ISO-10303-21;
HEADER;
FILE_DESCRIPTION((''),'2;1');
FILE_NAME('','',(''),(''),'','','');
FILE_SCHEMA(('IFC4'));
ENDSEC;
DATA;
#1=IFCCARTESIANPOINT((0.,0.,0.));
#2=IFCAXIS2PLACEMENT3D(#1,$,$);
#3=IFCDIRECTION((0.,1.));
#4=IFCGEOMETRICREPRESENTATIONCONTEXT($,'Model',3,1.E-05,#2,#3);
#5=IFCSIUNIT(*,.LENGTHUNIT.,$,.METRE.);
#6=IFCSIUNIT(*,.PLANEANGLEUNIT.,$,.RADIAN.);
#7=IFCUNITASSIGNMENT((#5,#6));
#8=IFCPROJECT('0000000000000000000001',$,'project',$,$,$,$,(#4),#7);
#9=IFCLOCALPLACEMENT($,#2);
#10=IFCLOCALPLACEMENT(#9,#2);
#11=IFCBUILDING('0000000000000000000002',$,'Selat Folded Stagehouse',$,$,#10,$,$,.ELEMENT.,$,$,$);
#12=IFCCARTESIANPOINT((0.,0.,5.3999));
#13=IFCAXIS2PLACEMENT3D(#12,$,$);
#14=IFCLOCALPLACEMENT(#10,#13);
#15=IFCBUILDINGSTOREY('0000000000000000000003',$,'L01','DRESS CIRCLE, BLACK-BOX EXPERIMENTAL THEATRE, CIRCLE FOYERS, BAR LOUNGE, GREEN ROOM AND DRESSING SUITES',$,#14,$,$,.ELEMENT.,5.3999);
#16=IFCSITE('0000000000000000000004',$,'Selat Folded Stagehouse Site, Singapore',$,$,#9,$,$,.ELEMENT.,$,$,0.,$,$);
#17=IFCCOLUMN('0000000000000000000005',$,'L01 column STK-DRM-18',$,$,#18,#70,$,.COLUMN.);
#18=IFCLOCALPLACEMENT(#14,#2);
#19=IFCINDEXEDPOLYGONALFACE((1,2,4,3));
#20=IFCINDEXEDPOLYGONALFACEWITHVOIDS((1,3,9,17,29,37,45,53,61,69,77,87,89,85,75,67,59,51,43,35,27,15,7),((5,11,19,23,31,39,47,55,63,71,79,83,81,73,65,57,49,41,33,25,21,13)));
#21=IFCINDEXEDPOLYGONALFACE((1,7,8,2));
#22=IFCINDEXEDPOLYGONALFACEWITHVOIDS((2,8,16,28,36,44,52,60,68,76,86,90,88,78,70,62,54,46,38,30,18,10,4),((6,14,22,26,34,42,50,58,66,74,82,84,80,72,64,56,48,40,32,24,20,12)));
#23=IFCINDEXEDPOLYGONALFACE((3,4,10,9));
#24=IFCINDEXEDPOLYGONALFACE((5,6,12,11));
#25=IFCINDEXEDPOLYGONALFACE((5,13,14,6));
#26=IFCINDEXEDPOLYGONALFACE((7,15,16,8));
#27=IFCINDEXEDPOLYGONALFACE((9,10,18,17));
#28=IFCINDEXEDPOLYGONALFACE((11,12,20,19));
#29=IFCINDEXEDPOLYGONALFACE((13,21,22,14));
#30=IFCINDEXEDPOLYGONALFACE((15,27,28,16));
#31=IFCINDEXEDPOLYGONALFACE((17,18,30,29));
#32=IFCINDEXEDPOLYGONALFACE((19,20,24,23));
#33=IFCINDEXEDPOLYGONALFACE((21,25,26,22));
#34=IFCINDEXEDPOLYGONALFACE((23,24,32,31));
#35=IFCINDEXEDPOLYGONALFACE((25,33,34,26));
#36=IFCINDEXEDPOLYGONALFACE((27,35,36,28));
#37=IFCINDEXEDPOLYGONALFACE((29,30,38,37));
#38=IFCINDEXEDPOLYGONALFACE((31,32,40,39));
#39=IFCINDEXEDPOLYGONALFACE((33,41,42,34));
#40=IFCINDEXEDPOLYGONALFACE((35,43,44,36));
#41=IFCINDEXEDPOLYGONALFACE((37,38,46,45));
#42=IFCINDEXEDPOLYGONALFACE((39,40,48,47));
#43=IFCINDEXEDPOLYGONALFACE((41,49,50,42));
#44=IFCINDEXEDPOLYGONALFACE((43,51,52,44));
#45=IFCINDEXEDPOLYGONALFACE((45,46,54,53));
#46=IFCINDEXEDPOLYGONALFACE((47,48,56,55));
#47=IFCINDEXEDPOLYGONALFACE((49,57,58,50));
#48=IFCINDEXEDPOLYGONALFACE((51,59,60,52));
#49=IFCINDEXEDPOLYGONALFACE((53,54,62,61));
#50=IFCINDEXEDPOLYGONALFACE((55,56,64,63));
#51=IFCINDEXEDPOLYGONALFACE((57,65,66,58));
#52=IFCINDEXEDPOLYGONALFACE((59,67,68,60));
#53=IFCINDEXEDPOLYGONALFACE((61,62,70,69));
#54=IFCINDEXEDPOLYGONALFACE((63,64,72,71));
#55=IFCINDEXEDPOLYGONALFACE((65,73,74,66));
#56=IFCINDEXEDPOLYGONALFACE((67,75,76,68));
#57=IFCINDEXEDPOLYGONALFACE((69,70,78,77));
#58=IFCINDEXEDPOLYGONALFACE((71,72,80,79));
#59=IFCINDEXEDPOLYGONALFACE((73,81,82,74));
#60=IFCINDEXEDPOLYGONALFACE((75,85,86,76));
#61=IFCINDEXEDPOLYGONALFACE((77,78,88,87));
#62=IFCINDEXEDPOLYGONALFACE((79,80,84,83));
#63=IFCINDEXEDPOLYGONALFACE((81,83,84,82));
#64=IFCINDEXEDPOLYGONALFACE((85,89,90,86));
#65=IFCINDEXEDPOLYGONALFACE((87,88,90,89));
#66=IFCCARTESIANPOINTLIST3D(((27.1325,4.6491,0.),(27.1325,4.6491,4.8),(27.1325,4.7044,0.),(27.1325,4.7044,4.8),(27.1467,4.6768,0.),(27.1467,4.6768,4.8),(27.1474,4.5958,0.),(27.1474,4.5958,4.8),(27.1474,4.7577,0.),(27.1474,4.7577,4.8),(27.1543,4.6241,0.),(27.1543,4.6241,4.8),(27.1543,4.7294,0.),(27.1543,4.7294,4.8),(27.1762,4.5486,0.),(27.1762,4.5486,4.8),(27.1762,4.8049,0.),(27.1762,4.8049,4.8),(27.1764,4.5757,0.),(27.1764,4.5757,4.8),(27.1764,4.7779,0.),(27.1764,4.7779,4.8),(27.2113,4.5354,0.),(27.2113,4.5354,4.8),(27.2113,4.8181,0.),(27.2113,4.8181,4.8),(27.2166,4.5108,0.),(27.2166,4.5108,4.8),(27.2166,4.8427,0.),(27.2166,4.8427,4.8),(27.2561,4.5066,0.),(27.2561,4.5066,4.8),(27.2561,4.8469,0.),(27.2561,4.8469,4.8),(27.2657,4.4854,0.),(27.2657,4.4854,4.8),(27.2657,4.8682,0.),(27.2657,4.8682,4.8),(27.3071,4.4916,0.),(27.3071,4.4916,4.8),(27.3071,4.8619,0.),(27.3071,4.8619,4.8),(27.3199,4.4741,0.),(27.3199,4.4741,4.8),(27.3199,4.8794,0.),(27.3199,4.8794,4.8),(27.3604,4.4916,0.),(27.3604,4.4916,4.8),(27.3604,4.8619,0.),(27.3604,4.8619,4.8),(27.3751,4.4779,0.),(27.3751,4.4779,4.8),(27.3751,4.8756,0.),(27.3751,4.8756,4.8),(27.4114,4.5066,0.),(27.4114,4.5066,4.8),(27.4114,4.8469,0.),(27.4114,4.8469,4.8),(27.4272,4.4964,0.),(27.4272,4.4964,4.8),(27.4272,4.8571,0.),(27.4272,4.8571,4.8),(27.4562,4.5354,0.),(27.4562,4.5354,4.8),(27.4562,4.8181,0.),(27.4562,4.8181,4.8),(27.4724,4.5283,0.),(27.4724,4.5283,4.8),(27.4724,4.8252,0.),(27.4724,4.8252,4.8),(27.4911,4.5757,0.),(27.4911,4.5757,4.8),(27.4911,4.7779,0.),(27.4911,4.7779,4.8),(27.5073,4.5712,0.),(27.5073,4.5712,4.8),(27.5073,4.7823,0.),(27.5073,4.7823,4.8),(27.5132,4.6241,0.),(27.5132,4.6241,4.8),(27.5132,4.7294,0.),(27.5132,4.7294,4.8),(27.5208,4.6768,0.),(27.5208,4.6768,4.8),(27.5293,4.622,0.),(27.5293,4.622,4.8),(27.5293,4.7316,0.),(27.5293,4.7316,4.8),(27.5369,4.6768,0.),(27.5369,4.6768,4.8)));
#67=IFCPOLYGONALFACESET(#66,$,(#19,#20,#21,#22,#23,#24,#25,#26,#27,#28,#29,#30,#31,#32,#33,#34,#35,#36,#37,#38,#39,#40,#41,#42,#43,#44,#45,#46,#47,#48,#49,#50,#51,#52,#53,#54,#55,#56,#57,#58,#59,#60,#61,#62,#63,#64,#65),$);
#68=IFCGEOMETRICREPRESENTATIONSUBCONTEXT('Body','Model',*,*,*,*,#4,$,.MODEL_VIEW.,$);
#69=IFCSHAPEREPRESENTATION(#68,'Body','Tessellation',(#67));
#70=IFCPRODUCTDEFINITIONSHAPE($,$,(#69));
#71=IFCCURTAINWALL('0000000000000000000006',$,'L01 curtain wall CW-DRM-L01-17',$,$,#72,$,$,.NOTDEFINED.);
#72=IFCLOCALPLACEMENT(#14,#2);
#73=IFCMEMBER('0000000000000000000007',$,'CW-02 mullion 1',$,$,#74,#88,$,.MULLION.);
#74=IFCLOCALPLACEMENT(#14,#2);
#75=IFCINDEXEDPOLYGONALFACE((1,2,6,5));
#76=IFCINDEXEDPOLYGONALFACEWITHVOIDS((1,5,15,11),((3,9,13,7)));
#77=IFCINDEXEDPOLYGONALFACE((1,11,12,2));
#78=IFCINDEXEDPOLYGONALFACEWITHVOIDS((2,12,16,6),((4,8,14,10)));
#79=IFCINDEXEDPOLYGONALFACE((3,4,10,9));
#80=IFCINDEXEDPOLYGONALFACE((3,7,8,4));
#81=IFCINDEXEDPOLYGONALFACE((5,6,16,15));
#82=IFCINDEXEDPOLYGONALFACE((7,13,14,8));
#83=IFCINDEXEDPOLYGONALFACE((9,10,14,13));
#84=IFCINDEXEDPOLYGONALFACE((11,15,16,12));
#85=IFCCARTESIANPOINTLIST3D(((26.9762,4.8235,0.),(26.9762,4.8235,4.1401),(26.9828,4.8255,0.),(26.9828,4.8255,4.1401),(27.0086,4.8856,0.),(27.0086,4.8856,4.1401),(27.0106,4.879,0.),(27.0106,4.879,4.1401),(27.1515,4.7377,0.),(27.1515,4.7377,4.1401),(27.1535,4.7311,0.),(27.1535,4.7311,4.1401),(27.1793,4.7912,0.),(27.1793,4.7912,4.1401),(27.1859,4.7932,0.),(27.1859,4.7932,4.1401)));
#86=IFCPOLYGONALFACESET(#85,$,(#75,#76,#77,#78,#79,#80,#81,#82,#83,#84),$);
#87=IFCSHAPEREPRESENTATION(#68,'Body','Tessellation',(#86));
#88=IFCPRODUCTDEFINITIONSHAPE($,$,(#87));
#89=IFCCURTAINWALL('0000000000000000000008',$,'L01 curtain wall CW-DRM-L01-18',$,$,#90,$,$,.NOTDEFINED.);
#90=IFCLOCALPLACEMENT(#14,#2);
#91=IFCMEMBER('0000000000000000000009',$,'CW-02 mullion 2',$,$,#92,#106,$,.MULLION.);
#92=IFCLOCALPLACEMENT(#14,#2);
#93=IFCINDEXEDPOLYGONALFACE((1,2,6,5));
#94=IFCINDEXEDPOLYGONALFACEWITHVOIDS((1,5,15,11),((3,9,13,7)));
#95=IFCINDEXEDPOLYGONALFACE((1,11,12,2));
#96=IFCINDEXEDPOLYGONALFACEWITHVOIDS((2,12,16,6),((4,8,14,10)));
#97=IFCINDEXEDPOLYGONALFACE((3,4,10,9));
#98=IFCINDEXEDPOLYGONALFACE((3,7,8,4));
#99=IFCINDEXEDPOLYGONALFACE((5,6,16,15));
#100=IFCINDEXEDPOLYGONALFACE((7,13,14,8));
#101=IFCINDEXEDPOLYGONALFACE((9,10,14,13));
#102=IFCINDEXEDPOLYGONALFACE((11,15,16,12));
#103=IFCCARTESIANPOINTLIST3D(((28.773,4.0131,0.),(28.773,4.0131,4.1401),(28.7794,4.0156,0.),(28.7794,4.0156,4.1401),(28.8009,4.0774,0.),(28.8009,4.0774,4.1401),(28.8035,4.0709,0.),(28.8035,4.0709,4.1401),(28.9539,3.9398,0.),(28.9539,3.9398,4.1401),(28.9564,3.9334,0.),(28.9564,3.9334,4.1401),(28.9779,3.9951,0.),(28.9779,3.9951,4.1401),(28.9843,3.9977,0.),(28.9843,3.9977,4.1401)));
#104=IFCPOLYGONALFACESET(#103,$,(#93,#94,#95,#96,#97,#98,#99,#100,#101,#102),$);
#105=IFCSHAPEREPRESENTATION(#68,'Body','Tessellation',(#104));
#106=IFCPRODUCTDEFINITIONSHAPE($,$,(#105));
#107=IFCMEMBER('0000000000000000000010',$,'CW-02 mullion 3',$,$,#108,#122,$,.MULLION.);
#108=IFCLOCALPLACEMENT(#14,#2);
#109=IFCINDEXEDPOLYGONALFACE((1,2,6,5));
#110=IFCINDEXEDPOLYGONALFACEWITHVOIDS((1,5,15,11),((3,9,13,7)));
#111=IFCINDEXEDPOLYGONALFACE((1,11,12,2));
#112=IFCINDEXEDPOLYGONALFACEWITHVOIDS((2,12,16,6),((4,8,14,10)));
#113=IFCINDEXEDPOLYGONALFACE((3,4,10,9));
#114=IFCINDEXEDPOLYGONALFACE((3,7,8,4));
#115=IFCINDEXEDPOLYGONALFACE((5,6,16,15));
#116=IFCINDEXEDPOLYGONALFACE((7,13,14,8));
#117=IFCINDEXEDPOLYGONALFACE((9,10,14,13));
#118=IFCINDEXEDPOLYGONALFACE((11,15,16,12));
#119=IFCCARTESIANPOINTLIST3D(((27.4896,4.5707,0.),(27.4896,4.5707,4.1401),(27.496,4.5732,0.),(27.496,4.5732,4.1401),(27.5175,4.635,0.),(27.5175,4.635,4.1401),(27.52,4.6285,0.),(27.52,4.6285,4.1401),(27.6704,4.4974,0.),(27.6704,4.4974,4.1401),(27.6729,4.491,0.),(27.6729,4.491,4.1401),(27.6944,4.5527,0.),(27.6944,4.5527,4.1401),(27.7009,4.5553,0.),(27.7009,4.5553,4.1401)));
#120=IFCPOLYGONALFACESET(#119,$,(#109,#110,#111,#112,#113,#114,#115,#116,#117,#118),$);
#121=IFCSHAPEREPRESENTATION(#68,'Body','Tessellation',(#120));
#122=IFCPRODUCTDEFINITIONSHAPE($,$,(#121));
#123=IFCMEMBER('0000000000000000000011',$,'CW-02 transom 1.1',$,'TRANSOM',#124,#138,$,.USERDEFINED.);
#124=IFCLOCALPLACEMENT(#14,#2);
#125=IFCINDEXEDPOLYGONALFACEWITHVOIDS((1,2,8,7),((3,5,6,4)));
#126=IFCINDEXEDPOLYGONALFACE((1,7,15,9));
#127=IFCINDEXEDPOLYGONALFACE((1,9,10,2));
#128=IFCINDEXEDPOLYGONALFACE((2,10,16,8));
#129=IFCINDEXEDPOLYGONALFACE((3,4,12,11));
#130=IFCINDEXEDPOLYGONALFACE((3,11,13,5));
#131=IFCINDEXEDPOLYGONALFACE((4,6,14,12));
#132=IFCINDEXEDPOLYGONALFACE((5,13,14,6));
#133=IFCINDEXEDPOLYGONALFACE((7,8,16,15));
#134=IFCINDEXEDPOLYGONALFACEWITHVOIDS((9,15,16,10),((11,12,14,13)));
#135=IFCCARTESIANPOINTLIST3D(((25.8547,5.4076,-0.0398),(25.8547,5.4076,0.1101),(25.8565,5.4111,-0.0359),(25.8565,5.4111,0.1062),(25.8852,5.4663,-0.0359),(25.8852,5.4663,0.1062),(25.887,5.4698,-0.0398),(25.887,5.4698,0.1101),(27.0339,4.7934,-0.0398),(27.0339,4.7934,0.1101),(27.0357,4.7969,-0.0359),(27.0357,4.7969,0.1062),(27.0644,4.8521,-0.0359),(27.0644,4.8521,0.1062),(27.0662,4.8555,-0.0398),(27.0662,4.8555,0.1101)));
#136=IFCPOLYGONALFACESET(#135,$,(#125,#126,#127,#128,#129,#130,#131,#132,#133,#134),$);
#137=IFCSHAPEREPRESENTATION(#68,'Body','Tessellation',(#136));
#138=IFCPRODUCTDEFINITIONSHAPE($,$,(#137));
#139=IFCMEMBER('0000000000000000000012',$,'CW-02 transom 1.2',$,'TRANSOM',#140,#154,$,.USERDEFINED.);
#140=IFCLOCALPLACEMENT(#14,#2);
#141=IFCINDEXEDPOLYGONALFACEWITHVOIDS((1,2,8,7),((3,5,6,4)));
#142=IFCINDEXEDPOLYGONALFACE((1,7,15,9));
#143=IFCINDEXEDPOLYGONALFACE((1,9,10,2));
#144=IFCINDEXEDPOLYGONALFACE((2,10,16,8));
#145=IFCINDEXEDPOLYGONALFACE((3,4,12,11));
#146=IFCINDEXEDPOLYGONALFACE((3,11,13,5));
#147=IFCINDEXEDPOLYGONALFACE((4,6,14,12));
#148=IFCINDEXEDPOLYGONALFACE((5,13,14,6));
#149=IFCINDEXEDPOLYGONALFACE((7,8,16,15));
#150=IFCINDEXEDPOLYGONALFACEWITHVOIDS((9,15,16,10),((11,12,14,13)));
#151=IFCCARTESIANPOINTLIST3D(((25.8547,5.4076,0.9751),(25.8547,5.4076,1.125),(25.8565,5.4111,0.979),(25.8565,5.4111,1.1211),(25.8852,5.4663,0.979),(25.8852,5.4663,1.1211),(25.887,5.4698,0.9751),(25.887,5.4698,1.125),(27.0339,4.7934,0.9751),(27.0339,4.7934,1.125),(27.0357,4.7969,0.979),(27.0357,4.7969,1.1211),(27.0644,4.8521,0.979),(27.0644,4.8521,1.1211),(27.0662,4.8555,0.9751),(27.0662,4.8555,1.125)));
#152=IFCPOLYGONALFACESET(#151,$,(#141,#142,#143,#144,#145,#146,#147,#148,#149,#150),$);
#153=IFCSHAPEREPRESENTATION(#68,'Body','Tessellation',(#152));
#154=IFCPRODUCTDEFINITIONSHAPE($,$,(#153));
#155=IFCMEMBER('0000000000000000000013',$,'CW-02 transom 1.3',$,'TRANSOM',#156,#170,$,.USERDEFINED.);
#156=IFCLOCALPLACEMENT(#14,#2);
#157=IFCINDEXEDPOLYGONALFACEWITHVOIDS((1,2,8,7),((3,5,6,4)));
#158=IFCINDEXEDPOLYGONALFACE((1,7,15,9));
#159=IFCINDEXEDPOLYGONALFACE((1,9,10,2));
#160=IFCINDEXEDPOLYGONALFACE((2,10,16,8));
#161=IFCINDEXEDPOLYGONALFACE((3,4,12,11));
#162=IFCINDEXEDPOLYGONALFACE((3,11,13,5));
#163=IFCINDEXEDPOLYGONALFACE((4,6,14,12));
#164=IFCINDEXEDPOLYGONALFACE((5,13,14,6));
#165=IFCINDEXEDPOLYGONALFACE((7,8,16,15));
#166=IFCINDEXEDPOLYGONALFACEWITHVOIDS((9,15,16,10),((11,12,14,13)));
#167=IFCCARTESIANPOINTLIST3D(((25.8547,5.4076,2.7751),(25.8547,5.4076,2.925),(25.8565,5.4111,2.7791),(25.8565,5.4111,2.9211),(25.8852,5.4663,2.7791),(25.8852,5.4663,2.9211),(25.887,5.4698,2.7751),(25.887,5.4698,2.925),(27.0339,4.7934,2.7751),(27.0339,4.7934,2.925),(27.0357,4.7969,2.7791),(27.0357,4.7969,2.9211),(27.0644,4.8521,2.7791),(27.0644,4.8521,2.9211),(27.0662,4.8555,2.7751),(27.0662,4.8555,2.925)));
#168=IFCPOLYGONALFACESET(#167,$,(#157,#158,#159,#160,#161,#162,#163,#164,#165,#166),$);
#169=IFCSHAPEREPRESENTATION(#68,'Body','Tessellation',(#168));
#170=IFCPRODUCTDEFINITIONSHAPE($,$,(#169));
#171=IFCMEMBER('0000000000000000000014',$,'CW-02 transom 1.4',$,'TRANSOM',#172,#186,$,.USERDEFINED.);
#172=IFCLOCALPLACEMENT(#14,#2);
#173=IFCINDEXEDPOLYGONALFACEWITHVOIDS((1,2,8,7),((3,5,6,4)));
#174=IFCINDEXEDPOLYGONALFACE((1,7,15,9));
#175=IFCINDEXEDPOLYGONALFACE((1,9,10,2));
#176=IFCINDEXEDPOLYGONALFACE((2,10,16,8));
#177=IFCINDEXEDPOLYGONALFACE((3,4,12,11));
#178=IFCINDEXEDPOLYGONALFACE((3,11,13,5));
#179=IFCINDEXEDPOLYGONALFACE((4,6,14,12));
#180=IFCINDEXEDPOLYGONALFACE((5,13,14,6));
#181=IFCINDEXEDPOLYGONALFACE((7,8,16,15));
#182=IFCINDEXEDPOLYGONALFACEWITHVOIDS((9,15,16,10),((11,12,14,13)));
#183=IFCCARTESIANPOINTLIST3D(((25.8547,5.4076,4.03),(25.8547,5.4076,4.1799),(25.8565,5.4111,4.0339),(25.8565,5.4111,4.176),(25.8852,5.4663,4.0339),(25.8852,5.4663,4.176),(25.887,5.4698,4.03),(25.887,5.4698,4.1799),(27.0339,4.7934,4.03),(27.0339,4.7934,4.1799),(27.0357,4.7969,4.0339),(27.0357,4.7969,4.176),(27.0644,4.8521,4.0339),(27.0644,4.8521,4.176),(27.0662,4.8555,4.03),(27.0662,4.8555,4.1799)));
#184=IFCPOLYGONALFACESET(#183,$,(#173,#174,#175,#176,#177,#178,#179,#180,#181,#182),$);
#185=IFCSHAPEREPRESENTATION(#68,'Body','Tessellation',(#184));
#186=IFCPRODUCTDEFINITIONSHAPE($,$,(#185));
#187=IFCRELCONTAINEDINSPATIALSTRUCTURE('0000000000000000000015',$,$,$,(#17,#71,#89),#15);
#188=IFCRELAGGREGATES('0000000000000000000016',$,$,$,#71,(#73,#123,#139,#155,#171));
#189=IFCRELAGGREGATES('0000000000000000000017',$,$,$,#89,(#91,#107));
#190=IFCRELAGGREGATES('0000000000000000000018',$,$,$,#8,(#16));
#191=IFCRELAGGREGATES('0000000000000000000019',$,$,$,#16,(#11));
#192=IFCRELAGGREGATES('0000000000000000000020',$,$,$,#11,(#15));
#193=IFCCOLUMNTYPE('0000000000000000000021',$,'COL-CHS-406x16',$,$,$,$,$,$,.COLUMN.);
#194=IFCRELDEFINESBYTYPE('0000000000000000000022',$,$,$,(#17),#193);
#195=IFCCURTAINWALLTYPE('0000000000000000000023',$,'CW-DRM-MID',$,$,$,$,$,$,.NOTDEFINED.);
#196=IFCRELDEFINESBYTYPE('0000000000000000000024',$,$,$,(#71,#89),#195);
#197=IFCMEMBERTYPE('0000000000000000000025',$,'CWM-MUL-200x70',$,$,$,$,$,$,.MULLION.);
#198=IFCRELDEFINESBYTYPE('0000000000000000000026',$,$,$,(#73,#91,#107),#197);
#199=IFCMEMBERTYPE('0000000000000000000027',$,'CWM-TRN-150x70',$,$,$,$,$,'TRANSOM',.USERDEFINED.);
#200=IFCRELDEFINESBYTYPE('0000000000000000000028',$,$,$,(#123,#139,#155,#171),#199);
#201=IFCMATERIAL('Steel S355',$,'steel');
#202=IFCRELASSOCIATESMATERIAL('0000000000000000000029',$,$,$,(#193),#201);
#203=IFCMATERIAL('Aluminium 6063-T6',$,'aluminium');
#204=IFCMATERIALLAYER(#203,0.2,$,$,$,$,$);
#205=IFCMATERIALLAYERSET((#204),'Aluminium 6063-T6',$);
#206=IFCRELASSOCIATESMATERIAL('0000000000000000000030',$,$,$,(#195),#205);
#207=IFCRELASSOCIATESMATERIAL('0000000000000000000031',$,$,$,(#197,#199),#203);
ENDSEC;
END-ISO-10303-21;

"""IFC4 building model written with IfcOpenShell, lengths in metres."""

from ifc_helpers import new_model, si_unit, direction, frame, origin, origin_2d, place, context, subcontext, project, spatial, hollow_rectangle, hollow_circle, extrude, material, layer, layer_set, material_profile, profile_set, type_object, element, aggregate, save


model = new_model("IFC4")

# Units and contexts
model_context = context("Model", 3, precision=1e-05, world=origin(), true_north=direction((0.0, 1.0)))
body_context = subcontext(model_context, "Body", "Model", "MODEL_VIEW")
ifc_project = project(units=[si_unit("LENGTHUNIT", "METRE"), si_unit("PLANEANGLEUNIT", "RADIAN")], contexts=[model_context])

# Site, building, storey
site_placement = place(None, origin())
site = spatial("IfcSite", under=ifc_project, at=site_placement, Name="Selat Folded Stagehouse Site, Singapore", CompositionType="ELEMENT", RefElevation=0.0)
building_placement = place(site_placement, origin())
building = spatial("IfcBuilding", under=site, at=building_placement, Name="Selat Folded Stagehouse", CompositionType="ELEMENT")
storey_placement = place(building_placement, frame((0.0, 0.0, 5.3999)))
storey = spatial("IfcBuildingStorey", under=building, at=storey_placement, Name="L01", Description="DRESS CIRCLE, BLACK-BOX EXPERIMENTAL THEATRE, CIRCLE FOYERS, BAR LOUNGE, GREEN ROOM AND DRESSING SUITES", CompositionType="ELEMENT", Elevation=5.3999)

# Column
ifc_material_1 = material(Name="Steel S355", Category="steel")
ifc_material_profile_1 = material_profile(ifc_material_1, hollow_circle(Radius=0.2031, WallThickness=0.0161, at=origin_2d()), Name="CHS 406.4x16.0")
ifc_profile_set_1 = profile_set([ifc_material_profile_1], Name="Steel S355")
column_type = type_object("IfcColumnType", Name="COL-CHS-406x16", PredefinedType="COLUMN", material=ifc_profile_set_1)
column_placement = place(storey_placement, frame((27.3337, 4.6768, 0.0), z_axis=(0.0, 0.0, 1.0), x_axis=(1.0, 0.0, 0.0)))
element("IfcColumn", 1, at=column_placement, inside=storey, type_object=column_type, Name="L01 column STK-DRM-18", PredefinedType="COLUMN", context=body_context, shape_type="SweptSolid", body=[
    extrude(hollow_circle(Radius=0.2031, WallThickness=0.0161, at=origin_2d()), origin(), (0.0, 0.0, 1.0), 4.8),
])

# Curtain wall, member
ifc_material_2 = material(Name="Aluminium 6063-T6", Category="aluminium")
ifc_layer_1 = layer(ifc_material_2, 0.2)
ifc_layer_set_1 = layer_set([ifc_layer_1], Name="Aluminium 6063-T6")
curtain_wall_type = type_object("IfcCurtainWallType", Name="CW-DRM-MID", PredefinedType="NOTDEFINED", material=ifc_layer_set_1)
curtain_wall_1_placement = place(storey_placement, origin())
curtain_wall_1 = element("IfcCurtainWall", 2, at=curtain_wall_1_placement, inside=storey, type_object=curtain_wall_type, Name="L01 curtain wall CW-DRM-L01-17", PredefinedType="NOTDEFINED")
ifc_material_profile_2 = material_profile(ifc_material_2, hollow_rectangle(XDim=0.0701, YDim=0.2, WallThickness=0.0049, at=origin_2d()), Name="ALU 200x70x5.0")
ifc_profile_set_2 = profile_set([ifc_material_profile_2], Name="Aluminium 6063-T6")
member_type_1 = type_object("IfcMemberType", Name="CWM-MUL-200x70", PredefinedType="MULLION", material=ifc_profile_set_2)
member_1_placement = place(storey_placement, frame((27.0811, 4.8083, 0.0), z_axis=(0.0, 0.0, 1.0), x_axis=(-0.461931, -0.886916, 0.0)))
member_1 = element("IfcMember", 3, at=member_1_placement, type_object=member_type_1, Name="CW-02 mullion 1", PredefinedType="MULLION", context=body_context, shape_type="SweptSolid", body=[
    extrude(hollow_rectangle(XDim=0.0701, YDim=0.2, WallThickness=0.0049, at=origin_2d()), origin(), (0.0, 0.0, 1.0), 4.1401),
])

# Curtain wall, members
curtain_wall_2_placement = place(storey_placement, origin())
curtain_wall_2 = element("IfcCurtainWall", 4, at=curtain_wall_2_placement, inside=storey, type_object=curtain_wall_type, Name="L01 curtain wall CW-DRM-L01-18", PredefinedType="NOTDEFINED")
member_2_placement = place(storey_placement, frame((28.8787, 4.0054, 0.0), z_axis=(0.0, 0.0, 1.0), x_axis=(-0.39858, -0.917134, 0.0)))
member_2 = element("IfcMember", 5, at=member_2_placement, type_object=member_type_1, Name="CW-02 mullion 2", PredefinedType="MULLION", context=body_context, shape_type="SweptSolid", body=[
    extrude(hollow_rectangle(XDim=0.0701, YDim=0.2, WallThickness=0.0049, at=origin_2d()), origin(), (0.0, 0.0, 1.0), 4.1401),
])
member_3_placement = place(storey_placement, frame((27.5952, 4.563, 0.0), z_axis=(0.0, 0.0, 1.0), x_axis=(-0.39858, -0.917134, 0.0)))
member_3 = element("IfcMember", 6, at=member_3_placement, type_object=member_type_1, Name="CW-02 mullion 3", PredefinedType="MULLION", context=body_context, shape_type="SweptSolid", body=[
    extrude(hollow_rectangle(XDim=0.0701, YDim=0.2, WallThickness=0.0049, at=origin_2d()), origin(), (0.0, 0.0, 1.0), 4.1401),
])

# Members
ifc_material_profile_3 = material_profile(ifc_material_2, hollow_rectangle(XDim=0.0701, YDim=0.1499, WallThickness=0.0039, at=origin_2d()), Name="ALU 150x70x4.0")
ifc_profile_set_3 = profile_set([ifc_material_profile_3], Name="Aluminium 6063-T6")
member_type_2 = type_object("IfcMemberType", Name="CWM-TRN-150x70", ElementType="TRANSOM", PredefinedType="USERDEFINED", material=ifc_profile_set_3)
member_4_placement = place(storey_placement, frame((27.05, 4.8245, 0.0352), z_axis=(-0.886886, 0.461989, 0.0), x_axis=(-0.461989, -0.886886, 0.0)))
member_4 = element("IfcMember", 7, at=member_4_placement, type_object=member_type_2, Name="CW-02 transom 1.1", ObjectType="TRANSOM", PredefinedType="USERDEFINED", context=body_context, shape_type="SweptSolid", body=[
    extrude(hollow_rectangle(XDim=0.0701, YDim=0.1499, WallThickness=0.0039, at=origin_2d()), origin(), (0.0, 0.0, 1.0), 1.3296),
])
member_5_placement = place(storey_placement, frame((27.05, 4.8245, 1.05), z_axis=(-0.886886, 0.461989, 0.0), x_axis=(-0.461989, -0.886886, 0.0)))
member_5 = element("IfcMember", 8, at=member_5_placement, type_object=member_type_2, Name="CW-02 transom 1.2", ObjectType="TRANSOM", PredefinedType="USERDEFINED", context=body_context, shape_type="SweptSolid", body=[
    extrude(hollow_rectangle(XDim=0.0701, YDim=0.1499, WallThickness=0.0039, at=origin_2d()), origin(), (0.0, 0.0, 1.0), 1.3296),
])
member_6_placement = place(storey_placement, frame((27.05, 4.8245, 2.8501), z_axis=(-0.886886, 0.461989, 0.0), x_axis=(-0.461989, -0.886886, 0.0)))
member_6 = element("IfcMember", 9, at=member_6_placement, type_object=member_type_2, Name="CW-02 transom 1.3", ObjectType="TRANSOM", PredefinedType="USERDEFINED", context=body_context, shape_type="SweptSolid", body=[
    extrude(hollow_rectangle(XDim=0.0701, YDim=0.1499, WallThickness=0.0039, at=origin_2d()), origin(), (0.0, 0.0, 1.0), 1.3296),
])
member_7_placement = place(storey_placement, frame((27.05, 4.8245, 4.105), z_axis=(-0.886886, 0.461989, 0.0), x_axis=(-0.461989, -0.886886, 0.0)))
member_7 = element("IfcMember", 10, at=member_7_placement, type_object=member_type_2, Name="CW-02 transom 1.4", ObjectType="TRANSOM", PredefinedType="USERDEFINED", context=body_context, shape_type="SweptSolid", body=[
    extrude(hollow_rectangle(XDim=0.0701, YDim=0.1499, WallThickness=0.0039, at=origin_2d()), origin(), (0.0, 0.0, 1.0), 1.3296),
])

aggregate(curtain_wall_1, [member_1, member_4, member_5, member_6, member_7])
aggregate(curtain_wall_2, [member_2, member_3])

save(model, "model.ifc")
